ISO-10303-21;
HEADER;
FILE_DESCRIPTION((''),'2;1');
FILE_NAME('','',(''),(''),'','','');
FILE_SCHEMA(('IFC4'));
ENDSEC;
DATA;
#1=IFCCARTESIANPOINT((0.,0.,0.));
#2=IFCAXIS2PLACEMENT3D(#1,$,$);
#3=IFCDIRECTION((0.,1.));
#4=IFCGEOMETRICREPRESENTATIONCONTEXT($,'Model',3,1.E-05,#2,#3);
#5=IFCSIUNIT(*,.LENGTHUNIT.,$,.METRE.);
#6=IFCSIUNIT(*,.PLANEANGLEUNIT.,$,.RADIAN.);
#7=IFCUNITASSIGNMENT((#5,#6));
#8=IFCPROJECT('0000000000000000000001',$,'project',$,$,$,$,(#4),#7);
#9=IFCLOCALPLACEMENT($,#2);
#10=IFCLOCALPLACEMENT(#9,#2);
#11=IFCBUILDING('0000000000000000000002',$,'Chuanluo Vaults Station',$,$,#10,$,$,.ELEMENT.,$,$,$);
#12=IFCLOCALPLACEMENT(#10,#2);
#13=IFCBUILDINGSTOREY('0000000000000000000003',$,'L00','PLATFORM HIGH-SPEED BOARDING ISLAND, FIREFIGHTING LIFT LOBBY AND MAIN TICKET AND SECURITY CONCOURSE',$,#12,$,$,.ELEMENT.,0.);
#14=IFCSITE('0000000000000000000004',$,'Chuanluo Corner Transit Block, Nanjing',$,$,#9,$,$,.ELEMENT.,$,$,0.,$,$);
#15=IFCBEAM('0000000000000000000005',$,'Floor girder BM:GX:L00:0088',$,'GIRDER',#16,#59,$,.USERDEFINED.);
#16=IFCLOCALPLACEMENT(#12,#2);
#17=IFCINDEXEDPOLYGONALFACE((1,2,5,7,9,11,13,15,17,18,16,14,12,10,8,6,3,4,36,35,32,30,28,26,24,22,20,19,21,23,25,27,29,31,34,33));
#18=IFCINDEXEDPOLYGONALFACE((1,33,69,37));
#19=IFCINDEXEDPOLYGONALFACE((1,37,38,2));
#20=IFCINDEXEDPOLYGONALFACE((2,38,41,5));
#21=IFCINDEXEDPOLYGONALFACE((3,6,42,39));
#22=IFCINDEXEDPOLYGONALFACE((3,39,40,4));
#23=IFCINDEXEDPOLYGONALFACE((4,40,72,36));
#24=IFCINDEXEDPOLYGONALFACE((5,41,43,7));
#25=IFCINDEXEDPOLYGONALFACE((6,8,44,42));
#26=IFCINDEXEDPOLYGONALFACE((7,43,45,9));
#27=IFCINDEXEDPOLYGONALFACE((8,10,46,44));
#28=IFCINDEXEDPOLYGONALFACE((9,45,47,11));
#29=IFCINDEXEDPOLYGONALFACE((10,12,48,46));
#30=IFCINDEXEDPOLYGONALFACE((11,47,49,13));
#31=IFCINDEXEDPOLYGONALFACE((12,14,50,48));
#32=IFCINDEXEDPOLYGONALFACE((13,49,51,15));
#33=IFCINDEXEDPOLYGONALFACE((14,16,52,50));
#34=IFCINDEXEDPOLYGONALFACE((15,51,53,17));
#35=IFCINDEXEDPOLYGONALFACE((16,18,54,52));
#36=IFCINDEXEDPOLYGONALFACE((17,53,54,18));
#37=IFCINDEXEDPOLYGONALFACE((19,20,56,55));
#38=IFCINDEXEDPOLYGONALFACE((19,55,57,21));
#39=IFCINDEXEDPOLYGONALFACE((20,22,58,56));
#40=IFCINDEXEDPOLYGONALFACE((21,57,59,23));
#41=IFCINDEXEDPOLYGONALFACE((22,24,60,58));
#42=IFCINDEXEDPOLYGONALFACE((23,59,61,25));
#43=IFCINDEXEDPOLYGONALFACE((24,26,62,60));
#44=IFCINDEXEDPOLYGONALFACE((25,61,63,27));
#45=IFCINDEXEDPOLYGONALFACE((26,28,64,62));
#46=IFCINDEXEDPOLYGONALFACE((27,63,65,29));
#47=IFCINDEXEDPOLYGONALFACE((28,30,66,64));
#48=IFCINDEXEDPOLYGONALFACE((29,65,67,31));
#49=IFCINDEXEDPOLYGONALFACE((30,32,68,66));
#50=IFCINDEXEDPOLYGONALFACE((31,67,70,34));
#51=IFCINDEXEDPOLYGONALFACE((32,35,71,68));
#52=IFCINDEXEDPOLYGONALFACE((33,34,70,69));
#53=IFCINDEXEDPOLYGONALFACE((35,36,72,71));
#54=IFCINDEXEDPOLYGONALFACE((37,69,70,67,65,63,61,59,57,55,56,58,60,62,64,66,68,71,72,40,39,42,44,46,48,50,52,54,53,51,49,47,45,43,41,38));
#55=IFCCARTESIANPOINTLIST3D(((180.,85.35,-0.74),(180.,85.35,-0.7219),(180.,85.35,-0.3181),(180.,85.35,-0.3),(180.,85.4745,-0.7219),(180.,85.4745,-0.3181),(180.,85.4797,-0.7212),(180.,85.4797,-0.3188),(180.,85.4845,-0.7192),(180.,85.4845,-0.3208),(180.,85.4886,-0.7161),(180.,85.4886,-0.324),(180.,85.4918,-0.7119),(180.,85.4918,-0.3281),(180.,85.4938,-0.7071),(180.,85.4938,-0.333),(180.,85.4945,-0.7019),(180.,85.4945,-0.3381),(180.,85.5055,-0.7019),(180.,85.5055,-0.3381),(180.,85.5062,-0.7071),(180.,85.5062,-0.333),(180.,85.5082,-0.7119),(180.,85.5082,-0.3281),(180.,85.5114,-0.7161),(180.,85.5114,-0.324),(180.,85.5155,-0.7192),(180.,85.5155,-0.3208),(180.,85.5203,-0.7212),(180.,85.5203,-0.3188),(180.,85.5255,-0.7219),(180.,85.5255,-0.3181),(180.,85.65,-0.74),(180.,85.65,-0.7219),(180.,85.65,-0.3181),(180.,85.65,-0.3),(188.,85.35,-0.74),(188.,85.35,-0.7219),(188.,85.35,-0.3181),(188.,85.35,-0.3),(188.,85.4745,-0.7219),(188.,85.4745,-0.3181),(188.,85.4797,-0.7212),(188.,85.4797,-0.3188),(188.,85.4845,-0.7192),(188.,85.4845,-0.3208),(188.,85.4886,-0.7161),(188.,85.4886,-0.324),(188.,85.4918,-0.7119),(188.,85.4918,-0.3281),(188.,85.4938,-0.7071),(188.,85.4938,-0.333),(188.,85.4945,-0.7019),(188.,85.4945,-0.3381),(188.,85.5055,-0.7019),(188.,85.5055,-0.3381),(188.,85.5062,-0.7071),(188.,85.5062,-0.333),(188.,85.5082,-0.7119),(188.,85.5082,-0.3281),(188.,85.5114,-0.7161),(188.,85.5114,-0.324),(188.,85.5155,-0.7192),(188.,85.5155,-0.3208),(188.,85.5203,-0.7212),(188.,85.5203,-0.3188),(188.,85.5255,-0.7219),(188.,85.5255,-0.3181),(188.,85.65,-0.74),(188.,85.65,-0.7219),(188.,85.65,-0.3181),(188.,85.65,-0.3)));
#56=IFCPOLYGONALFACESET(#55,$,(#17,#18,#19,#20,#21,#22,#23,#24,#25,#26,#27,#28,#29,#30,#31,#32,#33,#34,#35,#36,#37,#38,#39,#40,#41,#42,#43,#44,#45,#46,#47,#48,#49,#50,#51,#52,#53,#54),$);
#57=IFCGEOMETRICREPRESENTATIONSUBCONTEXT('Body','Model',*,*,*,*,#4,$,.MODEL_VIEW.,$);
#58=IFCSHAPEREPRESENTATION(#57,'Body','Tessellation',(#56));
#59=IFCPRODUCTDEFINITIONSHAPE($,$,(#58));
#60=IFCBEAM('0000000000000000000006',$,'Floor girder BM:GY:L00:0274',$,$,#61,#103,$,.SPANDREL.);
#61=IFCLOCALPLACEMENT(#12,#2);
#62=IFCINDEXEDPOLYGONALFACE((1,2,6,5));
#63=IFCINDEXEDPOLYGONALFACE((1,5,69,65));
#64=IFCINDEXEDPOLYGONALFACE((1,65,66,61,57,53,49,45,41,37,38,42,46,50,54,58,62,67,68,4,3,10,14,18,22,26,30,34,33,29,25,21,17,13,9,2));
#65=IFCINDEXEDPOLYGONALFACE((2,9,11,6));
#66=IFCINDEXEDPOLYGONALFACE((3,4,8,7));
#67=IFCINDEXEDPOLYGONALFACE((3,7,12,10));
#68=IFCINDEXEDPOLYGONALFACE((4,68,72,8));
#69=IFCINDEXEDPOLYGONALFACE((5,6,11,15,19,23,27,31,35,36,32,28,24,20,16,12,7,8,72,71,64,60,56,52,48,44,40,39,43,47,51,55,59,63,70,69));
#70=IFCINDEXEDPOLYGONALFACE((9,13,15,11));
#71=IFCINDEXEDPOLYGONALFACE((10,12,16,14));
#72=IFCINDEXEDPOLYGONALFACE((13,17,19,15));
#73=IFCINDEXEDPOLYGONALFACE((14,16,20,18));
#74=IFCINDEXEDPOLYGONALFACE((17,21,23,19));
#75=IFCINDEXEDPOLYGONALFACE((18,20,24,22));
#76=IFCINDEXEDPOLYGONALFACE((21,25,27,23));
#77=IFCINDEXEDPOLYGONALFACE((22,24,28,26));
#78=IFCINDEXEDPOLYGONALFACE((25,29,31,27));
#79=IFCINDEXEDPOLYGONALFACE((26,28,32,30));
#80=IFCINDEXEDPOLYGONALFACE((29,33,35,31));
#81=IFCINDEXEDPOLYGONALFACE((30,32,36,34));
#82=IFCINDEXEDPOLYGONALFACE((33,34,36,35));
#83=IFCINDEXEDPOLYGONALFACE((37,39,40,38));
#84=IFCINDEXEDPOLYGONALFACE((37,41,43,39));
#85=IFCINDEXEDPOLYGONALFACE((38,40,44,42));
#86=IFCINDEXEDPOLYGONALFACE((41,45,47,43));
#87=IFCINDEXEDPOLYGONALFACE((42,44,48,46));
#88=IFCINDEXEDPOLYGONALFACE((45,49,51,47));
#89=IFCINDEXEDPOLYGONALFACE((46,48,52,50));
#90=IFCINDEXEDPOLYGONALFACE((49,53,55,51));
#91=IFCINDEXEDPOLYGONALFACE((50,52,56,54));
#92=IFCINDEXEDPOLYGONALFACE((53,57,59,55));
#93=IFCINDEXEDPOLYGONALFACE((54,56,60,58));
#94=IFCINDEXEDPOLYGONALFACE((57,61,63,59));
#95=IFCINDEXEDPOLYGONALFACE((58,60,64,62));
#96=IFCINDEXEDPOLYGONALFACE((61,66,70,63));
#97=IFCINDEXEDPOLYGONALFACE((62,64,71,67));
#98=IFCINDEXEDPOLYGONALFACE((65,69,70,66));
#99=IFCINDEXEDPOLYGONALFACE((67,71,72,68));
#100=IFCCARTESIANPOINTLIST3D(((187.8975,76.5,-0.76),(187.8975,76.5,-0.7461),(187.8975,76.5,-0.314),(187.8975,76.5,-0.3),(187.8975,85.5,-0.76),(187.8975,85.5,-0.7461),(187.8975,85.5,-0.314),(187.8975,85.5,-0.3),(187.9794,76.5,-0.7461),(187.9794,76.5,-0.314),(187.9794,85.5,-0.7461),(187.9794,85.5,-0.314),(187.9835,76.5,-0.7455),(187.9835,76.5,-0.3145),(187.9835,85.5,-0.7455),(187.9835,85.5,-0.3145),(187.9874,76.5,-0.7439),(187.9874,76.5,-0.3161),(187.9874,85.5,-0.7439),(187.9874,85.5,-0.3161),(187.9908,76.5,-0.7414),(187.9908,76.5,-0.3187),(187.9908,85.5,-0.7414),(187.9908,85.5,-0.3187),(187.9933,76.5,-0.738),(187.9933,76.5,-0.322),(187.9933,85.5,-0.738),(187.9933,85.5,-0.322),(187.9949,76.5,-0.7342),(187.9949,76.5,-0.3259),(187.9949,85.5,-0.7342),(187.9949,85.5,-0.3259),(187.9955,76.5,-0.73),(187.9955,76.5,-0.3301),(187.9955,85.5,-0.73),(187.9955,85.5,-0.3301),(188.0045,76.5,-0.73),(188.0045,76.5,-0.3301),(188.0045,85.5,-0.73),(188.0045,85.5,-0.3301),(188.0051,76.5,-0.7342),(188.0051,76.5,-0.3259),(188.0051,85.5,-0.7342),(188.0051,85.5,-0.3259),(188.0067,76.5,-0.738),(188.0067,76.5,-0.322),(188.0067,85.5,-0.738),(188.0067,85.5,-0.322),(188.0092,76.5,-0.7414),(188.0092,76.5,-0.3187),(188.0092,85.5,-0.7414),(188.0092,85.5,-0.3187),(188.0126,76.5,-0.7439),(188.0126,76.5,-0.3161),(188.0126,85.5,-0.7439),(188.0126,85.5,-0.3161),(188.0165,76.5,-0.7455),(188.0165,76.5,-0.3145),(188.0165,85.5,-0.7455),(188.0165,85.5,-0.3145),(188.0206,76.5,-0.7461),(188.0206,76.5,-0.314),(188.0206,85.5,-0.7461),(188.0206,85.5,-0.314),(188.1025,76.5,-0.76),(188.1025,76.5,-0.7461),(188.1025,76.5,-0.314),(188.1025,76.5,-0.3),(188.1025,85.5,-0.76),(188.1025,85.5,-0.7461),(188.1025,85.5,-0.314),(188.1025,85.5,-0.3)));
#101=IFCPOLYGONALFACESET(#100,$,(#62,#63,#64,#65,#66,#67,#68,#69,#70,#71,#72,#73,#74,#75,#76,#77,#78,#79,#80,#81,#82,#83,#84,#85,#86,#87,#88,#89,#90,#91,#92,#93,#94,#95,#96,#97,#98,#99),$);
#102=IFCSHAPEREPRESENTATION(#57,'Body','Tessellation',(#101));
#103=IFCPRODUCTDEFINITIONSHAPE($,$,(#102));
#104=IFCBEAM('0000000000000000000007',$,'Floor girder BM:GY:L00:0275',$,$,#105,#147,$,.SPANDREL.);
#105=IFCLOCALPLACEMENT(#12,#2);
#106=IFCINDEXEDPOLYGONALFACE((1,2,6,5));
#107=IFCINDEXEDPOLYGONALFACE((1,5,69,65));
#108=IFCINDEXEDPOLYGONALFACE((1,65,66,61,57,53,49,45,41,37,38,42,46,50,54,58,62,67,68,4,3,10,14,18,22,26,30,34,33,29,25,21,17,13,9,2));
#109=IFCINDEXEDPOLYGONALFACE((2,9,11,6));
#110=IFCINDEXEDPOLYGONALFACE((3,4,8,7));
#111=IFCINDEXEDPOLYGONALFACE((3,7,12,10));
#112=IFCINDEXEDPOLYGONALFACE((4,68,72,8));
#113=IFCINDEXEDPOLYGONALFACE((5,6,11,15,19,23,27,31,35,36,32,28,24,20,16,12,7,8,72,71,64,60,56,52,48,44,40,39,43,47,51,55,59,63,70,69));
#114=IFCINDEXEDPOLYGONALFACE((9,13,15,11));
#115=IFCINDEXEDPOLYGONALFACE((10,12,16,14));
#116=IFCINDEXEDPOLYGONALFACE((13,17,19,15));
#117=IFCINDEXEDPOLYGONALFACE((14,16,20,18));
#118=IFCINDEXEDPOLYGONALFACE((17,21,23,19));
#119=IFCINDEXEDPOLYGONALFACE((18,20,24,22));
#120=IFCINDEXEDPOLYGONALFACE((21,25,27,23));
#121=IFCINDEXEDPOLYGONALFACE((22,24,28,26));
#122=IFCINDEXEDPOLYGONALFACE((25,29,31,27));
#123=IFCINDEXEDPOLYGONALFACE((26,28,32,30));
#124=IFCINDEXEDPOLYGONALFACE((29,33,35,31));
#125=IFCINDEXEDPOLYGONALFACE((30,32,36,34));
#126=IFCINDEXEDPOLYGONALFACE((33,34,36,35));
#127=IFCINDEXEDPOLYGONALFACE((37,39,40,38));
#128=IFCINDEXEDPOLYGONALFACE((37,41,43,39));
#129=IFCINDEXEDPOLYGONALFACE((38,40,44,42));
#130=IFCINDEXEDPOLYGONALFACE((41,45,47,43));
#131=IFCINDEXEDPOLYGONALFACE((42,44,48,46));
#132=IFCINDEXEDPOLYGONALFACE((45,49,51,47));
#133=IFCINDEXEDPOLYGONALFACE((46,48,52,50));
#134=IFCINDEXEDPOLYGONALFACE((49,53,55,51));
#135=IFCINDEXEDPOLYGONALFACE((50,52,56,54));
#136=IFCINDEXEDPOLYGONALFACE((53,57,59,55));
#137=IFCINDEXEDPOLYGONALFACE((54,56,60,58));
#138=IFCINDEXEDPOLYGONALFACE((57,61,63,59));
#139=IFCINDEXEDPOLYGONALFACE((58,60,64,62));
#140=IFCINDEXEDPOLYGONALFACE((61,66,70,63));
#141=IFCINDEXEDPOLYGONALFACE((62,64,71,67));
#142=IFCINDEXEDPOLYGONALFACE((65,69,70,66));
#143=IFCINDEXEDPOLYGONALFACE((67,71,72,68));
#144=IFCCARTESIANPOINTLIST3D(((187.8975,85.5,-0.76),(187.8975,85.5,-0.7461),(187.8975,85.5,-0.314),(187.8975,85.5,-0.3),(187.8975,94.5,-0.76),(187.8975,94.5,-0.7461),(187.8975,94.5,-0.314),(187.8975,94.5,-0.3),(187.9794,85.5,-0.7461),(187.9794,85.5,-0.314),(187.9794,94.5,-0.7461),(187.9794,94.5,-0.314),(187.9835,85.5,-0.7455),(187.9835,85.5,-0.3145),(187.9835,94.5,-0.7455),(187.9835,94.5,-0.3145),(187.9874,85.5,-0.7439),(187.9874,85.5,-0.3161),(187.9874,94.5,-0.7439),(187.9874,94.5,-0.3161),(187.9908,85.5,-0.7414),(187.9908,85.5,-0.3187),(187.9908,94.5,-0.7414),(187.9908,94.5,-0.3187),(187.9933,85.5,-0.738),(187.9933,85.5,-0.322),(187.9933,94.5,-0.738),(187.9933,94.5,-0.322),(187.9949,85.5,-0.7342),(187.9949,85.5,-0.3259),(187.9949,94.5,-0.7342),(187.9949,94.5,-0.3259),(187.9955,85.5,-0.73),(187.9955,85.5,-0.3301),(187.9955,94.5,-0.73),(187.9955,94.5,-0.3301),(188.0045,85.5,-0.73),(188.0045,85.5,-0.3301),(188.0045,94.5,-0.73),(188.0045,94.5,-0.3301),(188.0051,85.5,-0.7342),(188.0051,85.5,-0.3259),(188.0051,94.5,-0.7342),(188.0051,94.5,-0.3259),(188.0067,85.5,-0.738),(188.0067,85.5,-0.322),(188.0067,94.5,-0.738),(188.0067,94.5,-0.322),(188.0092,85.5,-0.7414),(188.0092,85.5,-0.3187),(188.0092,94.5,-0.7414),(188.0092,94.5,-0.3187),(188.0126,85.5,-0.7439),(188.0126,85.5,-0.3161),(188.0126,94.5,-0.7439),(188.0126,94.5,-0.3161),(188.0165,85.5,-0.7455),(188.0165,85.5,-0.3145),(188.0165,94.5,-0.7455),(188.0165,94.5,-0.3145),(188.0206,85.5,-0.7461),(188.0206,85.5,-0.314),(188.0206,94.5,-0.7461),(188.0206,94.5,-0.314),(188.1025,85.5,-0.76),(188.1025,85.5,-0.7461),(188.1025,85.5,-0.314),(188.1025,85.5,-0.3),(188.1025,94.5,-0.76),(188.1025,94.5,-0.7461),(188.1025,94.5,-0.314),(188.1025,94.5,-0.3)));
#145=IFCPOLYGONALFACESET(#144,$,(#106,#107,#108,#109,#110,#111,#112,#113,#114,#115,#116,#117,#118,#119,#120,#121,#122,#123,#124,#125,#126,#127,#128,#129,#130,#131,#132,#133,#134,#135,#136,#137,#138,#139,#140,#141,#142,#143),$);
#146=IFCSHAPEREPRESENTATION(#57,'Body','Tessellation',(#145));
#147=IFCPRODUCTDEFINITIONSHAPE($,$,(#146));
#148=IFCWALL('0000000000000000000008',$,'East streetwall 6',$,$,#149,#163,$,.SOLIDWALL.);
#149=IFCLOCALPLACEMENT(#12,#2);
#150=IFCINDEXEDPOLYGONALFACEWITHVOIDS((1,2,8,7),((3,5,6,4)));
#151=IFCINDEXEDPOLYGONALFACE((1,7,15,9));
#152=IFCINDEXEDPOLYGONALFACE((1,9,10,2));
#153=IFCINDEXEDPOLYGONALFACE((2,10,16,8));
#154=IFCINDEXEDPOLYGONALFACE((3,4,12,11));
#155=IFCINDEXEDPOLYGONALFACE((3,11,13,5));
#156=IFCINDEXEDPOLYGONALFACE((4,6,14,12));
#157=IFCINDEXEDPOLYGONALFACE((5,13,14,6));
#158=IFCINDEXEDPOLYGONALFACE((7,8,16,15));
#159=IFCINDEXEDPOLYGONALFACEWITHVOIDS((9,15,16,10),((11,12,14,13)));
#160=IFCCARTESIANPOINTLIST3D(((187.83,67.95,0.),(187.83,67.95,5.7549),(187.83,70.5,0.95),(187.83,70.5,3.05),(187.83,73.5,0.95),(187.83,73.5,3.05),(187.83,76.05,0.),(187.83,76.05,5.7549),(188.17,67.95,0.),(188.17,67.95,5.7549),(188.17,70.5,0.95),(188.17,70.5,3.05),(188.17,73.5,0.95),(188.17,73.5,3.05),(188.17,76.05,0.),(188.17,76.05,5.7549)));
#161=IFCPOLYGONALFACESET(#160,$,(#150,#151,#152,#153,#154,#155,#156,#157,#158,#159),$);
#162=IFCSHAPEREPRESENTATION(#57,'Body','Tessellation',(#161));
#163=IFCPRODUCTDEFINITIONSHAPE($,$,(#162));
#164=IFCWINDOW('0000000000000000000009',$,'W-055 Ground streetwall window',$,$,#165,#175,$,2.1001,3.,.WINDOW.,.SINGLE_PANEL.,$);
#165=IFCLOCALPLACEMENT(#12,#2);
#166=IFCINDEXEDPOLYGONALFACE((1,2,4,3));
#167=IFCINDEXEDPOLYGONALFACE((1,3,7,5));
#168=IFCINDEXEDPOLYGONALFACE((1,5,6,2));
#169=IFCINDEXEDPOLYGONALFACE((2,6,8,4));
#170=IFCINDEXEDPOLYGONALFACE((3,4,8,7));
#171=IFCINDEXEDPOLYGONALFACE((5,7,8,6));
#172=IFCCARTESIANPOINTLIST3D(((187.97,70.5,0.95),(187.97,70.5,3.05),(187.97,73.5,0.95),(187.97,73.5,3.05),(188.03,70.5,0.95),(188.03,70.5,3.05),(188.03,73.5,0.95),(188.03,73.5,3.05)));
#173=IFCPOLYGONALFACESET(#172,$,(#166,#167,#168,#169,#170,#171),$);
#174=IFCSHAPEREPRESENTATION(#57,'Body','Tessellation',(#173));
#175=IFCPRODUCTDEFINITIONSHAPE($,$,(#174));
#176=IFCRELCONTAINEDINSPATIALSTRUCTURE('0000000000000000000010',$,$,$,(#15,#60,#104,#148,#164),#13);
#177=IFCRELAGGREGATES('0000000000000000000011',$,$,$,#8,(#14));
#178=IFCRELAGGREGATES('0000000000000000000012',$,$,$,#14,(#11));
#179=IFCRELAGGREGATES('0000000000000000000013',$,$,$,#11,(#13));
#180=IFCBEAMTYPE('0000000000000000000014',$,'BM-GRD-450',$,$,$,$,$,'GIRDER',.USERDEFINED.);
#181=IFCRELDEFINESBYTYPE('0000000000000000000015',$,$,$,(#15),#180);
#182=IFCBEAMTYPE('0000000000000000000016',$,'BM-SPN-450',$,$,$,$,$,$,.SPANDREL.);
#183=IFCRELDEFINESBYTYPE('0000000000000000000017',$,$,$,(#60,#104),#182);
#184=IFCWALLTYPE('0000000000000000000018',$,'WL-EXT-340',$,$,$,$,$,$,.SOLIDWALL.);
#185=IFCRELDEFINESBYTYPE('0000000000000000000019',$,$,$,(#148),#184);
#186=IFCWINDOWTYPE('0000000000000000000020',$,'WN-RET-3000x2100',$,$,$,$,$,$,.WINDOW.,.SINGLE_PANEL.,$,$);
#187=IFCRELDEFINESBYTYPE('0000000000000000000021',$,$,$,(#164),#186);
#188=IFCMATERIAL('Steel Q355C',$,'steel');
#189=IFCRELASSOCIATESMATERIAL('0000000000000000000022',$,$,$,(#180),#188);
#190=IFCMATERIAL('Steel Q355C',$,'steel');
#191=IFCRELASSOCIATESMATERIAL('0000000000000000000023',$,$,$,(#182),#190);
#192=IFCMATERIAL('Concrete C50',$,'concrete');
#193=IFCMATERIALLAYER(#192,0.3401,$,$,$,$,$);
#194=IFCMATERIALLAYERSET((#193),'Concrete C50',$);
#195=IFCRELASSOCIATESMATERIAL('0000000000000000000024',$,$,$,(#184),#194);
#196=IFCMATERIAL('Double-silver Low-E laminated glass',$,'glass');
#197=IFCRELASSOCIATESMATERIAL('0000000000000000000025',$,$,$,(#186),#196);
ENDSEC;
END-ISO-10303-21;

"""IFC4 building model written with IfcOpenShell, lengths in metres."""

from ifc_helpers import new_model, si_unit, direction, frame, frame_2d, origin, origin_2d, place, context, subcontext, project, spatial, rectangle, i_section, extrude, material, layer, layer_set, material_profile, profile_set, type_object, element, fill, save


model = new_model("IFC4")

# Units and contexts
model_context = context("Model", 3, precision=1e-05, world=origin(), true_north=direction((0.0, 1.0)))
body_context = subcontext(model_context, "Body", "Model", "MODEL_VIEW")
ifc_project = project(units=[si_unit("LENGTHUNIT", "METRE"), si_unit("PLANEANGLEUNIT", "RADIAN")], contexts=[model_context])

# Site, building, storey
site_placement = place(None, origin())
site = spatial("IfcSite", under=ifc_project, at=site_placement, Name="Chuanluo Corner Transit Block, Nanjing", CompositionType="ELEMENT", RefElevation=0.0)
building_placement = place(site_placement, origin())
building = spatial("IfcBuilding", under=site, at=building_placement, Name="Chuanluo Vaults Station", CompositionType="ELEMENT")
storey_placement = place(building_placement, origin())
storey = spatial("IfcBuildingStorey", under=building, at=storey_placement, Name="L00", Description="PLATFORM HIGH-SPEED BOARDING ISLAND, FIREFIGHTING LIFT LOBBY AND MAIN TICKET AND SECURITY CONCOURSE", CompositionType="ELEMENT", Elevation=0.0)

# Beams
ifc_material_1 = material(Name="Steel Q355C", Category="steel")
ifc_material_profile_1 = material_profile(ifc_material_1, i_section(OverallWidth=0.3, OverallDepth=0.4399, WebThickness=0.011, FlangeThickness=0.0181, FilletRadius=0.02, at=origin_2d()))
ifc_profile_set_1 = profile_set([ifc_material_profile_1], Name="Steel Q355C")
beam_type_1 = type_object("IfcBeamType", Name="BM-GRD-450", ElementType="GIRDER", PredefinedType="USERDEFINED", material=ifc_profile_set_1)
for number, where, z_axis, x_axis, name in (
    (1, (180.0, 85.5, -0.52), (1.0, 0.0, 0.0), (0.0, 1.0, 0.0), "Floor girder BM:GX:L00:0088"),
):
    element("IfcBeam", number, at=place(storey_placement, frame(where, z_axis=z_axis, x_axis=x_axis)), inside=storey, type_object=beam_type_1, Name=name, ObjectType="GIRDER", PredefinedType="USERDEFINED", context=body_context, shape_type="SweptSolid", body=[
        extrude(i_section(OverallWidth=0.3, OverallDepth=0.4399, WebThickness=0.011, FlangeThickness=0.0181, FilletRadius=0.02, at=origin_2d()), origin(), (0.0, 0.0, 1.0), 8.0),
    ])
ifc_material_2 = material(Name="Steel Q355C", Category="steel")
ifc_material_profile_2 = material_profile(ifc_material_2, i_section(OverallWidth=0.2051, OverallDepth=0.46, WebThickness=0.009, FlangeThickness=0.0139, FilletRadius=0.0161, at=origin_2d()))
ifc_profile_set_2 = profile_set([ifc_material_profile_2], Name="Steel Q355C")
beam_type_2 = type_object("IfcBeamType", Name="BM-SPN-450", PredefinedType="SPANDREL", material=ifc_profile_set_2)
for number, where, z_axis, x_axis, name in (
    (2, (188.0, 76.5, -0.53), (0.0, 1.0, 0.0), (-1.0, 0.0, 0.0), "Floor girder BM:GY:L00:0274"),
    (3, (188.0, 85.5, -0.53), (0.0, 1.0, 0.0), (-1.0, 0.0, 0.0), "Floor girder BM:GY:L00:0275"),
):
    element("IfcBeam", number, at=place(storey_placement, frame(where, z_axis=z_axis, x_axis=x_axis)), inside=storey, type_object=beam_type_2, Name=name, PredefinedType="SPANDREL", context=body_context, shape_type="SweptSolid", body=[
        extrude(i_section(OverallWidth=0.2051, OverallDepth=0.46, WebThickness=0.009, FlangeThickness=0.0139, FilletRadius=0.0161, at=origin_2d()), origin(), (0.0, 0.0, 1.0), 9.0),
    ])

# Wall, opening, window
ifc_material_3 = material(Name="Concrete C50", Category="concrete")
ifc_layer_1 = layer(ifc_material_3, 0.3401)
ifc_layer_set_1 = layer_set([ifc_layer_1], Name="Concrete C50")
wall_type_1 = type_object("IfcWallType", Name="WL-EXT-340", PredefinedType="SOLIDWALL", material=ifc_layer_set_1)
wall_1_placement = place(storey_placement, frame((188.0, 76.05, 0.0), z_axis=(0.0, 0.0, 1.0), x_axis=(0.0, -1.0, 0.0)))
wall_1 = element("IfcWall", 4, at=wall_1_placement, inside=storey, type_object=wall_type_1, Name="East streetwall 6", PredefinedType="SOLIDWALL", context=body_context, shape_type="SweptSolid", body=[
    extrude(rectangle(XDim=8.1001, YDim=0.3401, at=frame_2d((4.05, 0.0))), origin(), (0.0, 0.0, 1.0), 5.7549),
])
opening_1_placement = place(wall_1_placement, frame((2.55, 0.0, 0.95)))
opening_1 = element("IfcOpeningElement", 5, at=opening_1_placement, cuts=wall_1, PredefinedType="OPENING", context=body_context, shape_type="SweptSolid", body=[
    extrude(rectangle(XDim=3.0, YDim=2.1001, at=frame_2d((1.5, 1.05))), frame((0.0, 0.1799, 0.0), z_axis=(0.0, -1.0, 0.0), x_axis=(1.0, 0.0, 0.0)), (0.0, 0.0, 1.0), 0.3601),
])
ifc_material_4 = material(Name="Double-silver Low-E laminated glass", Category="glass")
window_type_1 = type_object("IfcWindowType", Name="WN-RET-3000x2100", PartitioningType="SINGLE_PANEL", PredefinedType="WINDOW", material=ifc_material_4)
window_1_placement = place(opening_1_placement, origin())
window_1 = element("IfcWindow", 6, at=window_1_placement, inside=storey, type_object=window_type_1, Name="W-055 Ground streetwall window", OverallHeight=2.1001, OverallWidth=3.0, PartitioningType="SINGLE_PANEL", PredefinedType="WINDOW", context=body_context, shape_type="SweptSolid", body=[
    extrude(rectangle(XDim=3.0, YDim=2.1001, at=frame_2d((1.5, 1.05))), frame((0.0, 0.03, 0.0), z_axis=(0.0, -1.0, 0.0), x_axis=(1.0, 0.0, 0.0)), (0.0, 0.0, 1.0), 0.0601),
])
fill(opening_1, window_1)

save(model, "model.ifc")
